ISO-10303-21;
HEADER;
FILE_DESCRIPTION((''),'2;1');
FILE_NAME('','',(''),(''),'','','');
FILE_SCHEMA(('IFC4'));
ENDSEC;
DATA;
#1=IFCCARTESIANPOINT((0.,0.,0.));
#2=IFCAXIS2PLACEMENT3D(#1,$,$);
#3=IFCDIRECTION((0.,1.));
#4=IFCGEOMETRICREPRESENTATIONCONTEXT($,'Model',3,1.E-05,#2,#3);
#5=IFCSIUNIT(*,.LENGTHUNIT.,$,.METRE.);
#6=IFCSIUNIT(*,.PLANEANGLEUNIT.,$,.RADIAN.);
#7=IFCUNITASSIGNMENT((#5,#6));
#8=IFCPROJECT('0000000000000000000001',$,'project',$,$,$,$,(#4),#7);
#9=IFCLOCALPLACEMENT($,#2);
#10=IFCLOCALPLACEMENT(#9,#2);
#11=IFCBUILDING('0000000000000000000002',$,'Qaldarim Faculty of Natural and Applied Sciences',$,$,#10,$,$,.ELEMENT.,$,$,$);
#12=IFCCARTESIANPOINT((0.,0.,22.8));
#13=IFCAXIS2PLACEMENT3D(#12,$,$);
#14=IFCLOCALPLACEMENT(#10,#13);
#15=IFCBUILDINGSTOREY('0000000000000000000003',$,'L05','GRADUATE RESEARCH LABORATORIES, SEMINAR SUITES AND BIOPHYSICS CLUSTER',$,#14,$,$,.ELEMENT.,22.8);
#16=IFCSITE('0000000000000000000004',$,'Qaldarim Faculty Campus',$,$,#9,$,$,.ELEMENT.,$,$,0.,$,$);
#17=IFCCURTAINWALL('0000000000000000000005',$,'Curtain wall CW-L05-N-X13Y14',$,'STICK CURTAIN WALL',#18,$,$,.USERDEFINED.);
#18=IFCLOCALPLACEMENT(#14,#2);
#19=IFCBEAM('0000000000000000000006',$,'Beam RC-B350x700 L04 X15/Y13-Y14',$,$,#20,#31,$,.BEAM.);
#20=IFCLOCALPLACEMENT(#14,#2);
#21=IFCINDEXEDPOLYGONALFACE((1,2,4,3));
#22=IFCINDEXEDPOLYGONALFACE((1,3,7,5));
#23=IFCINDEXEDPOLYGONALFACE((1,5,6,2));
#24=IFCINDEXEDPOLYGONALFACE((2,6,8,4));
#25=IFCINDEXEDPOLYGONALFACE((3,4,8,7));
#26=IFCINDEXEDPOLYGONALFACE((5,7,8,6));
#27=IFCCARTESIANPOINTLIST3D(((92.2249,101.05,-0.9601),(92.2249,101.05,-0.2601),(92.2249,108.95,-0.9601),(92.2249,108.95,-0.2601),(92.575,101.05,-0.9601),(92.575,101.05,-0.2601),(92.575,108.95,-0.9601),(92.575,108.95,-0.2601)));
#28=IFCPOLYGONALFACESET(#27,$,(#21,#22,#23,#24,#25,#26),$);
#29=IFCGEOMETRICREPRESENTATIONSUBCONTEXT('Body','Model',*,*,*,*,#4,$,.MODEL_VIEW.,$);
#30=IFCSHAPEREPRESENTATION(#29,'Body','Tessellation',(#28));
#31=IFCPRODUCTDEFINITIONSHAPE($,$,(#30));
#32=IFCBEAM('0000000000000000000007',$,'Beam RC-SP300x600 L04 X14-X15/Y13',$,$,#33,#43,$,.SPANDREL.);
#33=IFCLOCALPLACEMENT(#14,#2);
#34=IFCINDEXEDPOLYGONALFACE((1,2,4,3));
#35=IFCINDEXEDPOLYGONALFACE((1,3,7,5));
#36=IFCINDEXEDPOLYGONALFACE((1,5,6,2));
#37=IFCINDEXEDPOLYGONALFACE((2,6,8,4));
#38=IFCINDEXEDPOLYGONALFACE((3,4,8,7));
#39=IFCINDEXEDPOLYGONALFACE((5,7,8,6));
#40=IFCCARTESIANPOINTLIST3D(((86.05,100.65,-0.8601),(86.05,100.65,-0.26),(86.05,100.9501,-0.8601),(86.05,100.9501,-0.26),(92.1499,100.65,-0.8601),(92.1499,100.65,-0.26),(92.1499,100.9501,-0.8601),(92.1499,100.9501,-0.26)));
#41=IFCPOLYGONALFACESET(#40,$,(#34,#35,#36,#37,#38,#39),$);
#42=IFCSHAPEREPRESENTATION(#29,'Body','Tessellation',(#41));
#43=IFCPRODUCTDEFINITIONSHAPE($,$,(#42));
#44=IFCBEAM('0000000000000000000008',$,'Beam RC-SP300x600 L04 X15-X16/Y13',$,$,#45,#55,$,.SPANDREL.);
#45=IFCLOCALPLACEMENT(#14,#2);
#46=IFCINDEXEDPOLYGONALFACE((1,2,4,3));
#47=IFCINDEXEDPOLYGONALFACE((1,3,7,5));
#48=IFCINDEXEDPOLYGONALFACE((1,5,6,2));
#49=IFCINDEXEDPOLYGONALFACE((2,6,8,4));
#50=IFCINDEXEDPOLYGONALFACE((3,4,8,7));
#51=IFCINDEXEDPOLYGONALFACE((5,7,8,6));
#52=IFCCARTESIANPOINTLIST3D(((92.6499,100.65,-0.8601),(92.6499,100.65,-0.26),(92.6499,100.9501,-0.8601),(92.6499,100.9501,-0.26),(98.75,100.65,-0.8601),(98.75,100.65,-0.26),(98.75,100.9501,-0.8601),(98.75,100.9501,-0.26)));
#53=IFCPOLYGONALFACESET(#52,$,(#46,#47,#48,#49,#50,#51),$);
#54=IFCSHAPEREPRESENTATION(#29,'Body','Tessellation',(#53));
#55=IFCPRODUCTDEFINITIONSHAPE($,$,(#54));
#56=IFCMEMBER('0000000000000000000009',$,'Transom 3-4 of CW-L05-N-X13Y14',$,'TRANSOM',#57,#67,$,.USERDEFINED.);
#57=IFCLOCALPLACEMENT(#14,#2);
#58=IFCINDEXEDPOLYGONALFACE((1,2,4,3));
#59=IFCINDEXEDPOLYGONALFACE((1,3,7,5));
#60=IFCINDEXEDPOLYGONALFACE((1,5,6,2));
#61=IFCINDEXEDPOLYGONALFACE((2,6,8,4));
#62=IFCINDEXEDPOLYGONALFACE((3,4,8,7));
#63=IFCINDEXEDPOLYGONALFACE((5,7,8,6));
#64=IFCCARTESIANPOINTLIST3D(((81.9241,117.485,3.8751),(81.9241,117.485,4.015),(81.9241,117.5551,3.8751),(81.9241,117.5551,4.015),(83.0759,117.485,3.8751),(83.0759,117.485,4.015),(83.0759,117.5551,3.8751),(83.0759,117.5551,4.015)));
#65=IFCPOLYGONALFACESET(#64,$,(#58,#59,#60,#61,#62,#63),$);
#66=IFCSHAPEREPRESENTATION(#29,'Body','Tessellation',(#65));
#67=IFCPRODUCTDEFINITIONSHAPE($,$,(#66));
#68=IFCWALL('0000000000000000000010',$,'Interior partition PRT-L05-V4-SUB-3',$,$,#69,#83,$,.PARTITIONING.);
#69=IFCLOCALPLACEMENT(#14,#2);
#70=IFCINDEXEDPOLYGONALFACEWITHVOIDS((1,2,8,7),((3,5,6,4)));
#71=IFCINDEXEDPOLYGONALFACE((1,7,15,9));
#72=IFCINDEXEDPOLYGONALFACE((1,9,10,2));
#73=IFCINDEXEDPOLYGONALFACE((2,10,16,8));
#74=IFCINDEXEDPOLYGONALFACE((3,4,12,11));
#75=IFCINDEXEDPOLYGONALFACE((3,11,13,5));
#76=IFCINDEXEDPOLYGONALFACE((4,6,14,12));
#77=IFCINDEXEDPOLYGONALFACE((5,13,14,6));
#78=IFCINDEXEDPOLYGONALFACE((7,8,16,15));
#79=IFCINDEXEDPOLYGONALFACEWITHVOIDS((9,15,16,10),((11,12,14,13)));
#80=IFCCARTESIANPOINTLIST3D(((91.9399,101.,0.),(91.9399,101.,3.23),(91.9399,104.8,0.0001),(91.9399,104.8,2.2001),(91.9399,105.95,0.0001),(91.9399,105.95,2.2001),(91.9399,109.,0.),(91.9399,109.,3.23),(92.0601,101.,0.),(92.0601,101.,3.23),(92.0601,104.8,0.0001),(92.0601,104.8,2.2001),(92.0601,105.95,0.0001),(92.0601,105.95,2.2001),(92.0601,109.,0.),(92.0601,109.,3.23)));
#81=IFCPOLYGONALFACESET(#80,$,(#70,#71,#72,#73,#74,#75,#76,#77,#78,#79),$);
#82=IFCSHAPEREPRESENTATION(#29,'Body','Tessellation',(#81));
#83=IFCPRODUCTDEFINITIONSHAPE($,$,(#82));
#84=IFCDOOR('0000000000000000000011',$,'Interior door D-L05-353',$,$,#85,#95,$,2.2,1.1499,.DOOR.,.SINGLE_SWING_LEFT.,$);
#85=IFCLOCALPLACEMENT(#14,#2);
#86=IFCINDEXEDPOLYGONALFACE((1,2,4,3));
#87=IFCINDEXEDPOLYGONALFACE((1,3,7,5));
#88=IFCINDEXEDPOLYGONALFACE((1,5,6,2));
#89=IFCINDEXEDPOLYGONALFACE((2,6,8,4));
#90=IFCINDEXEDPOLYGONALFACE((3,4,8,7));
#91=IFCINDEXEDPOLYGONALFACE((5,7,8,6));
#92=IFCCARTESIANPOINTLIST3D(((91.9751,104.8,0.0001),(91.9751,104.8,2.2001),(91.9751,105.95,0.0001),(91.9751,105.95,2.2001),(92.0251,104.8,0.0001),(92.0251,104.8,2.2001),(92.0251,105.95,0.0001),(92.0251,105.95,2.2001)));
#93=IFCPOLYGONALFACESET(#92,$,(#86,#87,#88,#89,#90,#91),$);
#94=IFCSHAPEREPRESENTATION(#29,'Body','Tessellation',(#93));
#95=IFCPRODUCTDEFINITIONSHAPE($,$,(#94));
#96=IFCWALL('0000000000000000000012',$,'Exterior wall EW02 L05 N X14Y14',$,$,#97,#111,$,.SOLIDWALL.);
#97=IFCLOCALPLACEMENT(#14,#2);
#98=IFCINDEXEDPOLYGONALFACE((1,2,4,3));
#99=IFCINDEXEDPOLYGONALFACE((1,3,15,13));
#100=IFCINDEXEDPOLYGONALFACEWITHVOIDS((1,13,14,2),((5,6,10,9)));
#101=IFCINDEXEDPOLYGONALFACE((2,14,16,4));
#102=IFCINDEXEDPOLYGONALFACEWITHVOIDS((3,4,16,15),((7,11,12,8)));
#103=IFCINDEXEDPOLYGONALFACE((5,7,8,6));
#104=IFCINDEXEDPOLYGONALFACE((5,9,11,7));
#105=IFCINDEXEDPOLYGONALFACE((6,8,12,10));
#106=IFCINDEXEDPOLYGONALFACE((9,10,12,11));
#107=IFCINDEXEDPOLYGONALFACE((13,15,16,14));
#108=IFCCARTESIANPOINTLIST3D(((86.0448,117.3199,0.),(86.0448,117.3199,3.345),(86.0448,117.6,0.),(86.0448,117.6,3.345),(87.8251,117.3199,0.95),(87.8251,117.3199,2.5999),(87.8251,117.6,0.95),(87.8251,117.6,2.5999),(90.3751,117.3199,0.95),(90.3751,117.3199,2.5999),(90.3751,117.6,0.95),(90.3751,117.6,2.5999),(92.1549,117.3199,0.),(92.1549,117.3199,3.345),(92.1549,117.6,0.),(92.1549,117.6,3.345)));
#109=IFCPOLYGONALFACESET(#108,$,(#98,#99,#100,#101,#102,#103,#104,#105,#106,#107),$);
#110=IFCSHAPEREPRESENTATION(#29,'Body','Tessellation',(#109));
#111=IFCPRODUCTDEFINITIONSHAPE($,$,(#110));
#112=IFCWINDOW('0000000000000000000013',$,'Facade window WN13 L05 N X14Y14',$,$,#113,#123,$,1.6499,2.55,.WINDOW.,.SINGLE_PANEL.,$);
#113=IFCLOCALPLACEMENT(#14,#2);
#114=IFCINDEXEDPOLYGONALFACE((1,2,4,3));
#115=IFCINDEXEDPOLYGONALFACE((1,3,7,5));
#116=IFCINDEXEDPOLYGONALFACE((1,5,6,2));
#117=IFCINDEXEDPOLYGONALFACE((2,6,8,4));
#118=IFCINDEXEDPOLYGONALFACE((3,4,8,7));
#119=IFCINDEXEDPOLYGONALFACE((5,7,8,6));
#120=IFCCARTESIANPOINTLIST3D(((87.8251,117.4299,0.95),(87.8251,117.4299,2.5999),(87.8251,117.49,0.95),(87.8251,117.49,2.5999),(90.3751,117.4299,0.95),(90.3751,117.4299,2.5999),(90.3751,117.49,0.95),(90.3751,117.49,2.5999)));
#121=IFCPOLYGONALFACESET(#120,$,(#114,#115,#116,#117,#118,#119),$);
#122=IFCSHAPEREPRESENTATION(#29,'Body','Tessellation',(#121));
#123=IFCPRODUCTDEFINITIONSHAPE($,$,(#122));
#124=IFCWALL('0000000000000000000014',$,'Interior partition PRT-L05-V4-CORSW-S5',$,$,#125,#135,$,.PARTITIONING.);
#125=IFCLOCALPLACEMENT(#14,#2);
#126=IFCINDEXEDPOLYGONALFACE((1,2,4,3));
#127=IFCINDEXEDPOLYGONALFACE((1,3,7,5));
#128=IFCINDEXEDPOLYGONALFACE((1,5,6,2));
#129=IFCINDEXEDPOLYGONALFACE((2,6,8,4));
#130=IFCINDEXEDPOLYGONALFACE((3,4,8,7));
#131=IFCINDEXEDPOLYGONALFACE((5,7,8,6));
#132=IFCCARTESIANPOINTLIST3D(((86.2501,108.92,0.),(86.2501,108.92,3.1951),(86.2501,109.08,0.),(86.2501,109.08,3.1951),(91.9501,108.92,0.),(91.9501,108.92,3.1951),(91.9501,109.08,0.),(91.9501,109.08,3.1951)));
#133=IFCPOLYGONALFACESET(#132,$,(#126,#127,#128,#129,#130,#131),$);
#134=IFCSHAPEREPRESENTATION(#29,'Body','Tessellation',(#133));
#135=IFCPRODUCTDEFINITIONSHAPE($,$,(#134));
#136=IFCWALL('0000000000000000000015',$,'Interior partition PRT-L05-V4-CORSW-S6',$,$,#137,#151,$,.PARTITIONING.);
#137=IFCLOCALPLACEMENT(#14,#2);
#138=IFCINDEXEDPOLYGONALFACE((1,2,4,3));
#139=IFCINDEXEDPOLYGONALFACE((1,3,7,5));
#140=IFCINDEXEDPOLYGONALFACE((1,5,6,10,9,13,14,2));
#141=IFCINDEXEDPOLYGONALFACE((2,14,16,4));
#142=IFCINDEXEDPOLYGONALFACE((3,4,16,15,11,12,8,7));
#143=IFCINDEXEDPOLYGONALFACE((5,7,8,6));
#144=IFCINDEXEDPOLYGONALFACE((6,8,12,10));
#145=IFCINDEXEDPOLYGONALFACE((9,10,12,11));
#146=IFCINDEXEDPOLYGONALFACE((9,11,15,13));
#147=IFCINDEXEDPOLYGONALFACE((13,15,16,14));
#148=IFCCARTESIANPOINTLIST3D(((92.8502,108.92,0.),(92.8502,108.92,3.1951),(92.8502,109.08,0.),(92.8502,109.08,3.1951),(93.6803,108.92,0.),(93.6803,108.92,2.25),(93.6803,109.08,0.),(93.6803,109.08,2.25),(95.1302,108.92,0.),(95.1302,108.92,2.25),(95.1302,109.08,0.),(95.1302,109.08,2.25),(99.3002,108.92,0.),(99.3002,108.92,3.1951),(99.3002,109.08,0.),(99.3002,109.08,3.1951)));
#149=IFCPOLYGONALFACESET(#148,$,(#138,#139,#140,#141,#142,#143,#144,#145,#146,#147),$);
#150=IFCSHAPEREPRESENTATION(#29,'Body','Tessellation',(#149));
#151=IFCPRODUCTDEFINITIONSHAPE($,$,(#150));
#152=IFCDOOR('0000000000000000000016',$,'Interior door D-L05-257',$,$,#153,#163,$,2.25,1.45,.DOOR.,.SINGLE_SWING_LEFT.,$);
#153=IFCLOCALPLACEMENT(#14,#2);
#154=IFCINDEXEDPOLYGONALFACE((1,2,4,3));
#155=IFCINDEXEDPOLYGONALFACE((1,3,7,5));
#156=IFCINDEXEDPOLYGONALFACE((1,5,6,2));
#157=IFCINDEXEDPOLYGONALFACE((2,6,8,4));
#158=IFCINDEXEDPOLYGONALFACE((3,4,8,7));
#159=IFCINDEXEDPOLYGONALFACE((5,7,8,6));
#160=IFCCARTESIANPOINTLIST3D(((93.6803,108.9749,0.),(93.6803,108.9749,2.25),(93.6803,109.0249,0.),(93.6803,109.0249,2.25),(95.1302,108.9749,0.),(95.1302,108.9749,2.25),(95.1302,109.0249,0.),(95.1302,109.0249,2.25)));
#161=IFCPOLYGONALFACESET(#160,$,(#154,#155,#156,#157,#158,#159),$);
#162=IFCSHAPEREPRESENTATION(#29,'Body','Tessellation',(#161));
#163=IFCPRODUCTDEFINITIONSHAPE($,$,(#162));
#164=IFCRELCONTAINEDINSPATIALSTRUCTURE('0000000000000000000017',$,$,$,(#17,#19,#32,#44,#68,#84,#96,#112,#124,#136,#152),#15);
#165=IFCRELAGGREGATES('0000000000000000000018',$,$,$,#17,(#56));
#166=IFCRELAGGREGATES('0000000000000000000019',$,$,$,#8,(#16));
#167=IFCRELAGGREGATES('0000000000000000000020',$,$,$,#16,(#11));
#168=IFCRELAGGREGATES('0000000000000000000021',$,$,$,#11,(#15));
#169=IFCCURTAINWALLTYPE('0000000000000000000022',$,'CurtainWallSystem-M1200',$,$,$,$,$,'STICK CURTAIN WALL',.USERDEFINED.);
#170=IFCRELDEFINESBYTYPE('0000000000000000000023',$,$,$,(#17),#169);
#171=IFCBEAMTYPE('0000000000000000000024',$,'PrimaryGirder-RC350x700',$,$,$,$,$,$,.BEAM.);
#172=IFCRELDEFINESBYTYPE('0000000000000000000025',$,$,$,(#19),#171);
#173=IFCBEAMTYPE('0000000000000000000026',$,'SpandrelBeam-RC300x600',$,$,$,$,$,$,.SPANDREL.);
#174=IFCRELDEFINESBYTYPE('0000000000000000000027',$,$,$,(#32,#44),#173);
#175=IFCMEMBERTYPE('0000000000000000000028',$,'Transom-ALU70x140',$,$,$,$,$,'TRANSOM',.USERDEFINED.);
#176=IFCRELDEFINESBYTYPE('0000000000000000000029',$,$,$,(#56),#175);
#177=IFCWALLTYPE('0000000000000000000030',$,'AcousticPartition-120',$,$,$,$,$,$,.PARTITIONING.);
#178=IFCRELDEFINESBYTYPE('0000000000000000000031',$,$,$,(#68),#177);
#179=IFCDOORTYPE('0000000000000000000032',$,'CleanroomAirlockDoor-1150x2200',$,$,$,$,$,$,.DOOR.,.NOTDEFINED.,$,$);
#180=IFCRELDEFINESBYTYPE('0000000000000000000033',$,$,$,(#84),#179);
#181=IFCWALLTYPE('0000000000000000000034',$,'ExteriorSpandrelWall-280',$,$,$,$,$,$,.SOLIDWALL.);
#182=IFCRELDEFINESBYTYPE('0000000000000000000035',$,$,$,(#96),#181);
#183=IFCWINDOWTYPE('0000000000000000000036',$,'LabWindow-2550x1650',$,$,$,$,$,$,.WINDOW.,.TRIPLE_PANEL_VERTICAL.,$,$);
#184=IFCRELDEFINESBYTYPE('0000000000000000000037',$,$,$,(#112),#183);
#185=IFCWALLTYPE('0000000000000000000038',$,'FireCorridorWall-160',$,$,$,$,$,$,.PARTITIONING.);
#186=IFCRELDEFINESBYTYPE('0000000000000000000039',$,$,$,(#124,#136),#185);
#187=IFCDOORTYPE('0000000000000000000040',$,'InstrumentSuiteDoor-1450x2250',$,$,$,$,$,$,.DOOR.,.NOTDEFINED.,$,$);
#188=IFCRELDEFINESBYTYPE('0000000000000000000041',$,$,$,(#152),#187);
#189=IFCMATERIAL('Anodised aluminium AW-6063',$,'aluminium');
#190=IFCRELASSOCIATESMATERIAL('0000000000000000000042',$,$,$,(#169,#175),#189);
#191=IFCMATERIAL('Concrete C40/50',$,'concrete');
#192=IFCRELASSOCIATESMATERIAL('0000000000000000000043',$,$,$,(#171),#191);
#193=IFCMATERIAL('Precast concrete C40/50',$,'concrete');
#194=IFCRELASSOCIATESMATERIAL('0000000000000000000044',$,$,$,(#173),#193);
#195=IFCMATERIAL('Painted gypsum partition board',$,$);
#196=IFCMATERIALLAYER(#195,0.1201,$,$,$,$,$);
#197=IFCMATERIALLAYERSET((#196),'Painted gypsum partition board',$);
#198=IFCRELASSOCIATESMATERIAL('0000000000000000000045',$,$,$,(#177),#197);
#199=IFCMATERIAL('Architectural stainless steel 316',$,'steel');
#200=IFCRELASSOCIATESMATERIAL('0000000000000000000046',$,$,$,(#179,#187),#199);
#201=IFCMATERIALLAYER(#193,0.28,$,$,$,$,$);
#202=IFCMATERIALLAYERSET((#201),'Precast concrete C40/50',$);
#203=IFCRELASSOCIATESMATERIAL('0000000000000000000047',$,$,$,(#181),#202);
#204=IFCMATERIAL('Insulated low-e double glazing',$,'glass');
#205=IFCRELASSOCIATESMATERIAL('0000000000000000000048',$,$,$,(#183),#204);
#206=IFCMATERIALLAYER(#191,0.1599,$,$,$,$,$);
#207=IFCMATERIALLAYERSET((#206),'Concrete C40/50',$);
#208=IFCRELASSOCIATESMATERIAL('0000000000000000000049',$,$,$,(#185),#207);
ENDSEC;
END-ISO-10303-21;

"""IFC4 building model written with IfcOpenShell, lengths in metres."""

from ifc_helpers import new_model, si_unit, direction, frame, frame_2d, origin, origin_2d, place, context, subcontext, project, spatial, rectangle, extrude, material, layer, layer_set, material_profile, profile_set, type_object, element, fill, aggregate, save


model = new_model("IFC4")

# Units and contexts
model_context = context("Model", 3, precision=1e-05, world=origin(), true_north=direction((0.0, 1.0)))
body_context = subcontext(model_context, "Body", "Model", "MODEL_VIEW")
ifc_project = project(units=[si_unit("LENGTHUNIT", "METRE"), si_unit("PLANEANGLEUNIT", "RADIAN")], contexts=[model_context])

# Site, building, storey
site_placement = place(None, origin())
site = spatial("IfcSite", under=ifc_project, at=site_placement, Name="Qaldarim Faculty Campus", CompositionType="ELEMENT", RefElevation=0.0)
building_placement = place(site_placement, origin())
building = spatial("IfcBuilding", under=site, at=building_placement, Name="Qaldarim Faculty of Natural and Applied Sciences", CompositionType="ELEMENT")
storey_placement = place(building_placement, frame((0.0, 0.0, 22.8)))
storey = spatial("IfcBuildingStorey", under=building, at=storey_placement, Name="L05", Description="GRADUATE RESEARCH LABORATORIES, SEMINAR SUITES AND BIOPHYSICS CLUSTER", CompositionType="ELEMENT", Elevation=22.8)

# Shared definitions
ifc_material_1 = material(Name="Concrete C40/50", Category="concrete")

# Curtain wall
ifc_material_2 = material(Name="Anodised aluminium AW-6063", Category="aluminium")
curtain_wall_type = type_object("IfcCurtainWallType", Name="CurtainWallSystem-M1200", ElementType="STICK CURTAIN WALL", PredefinedType="USERDEFINED", material=ifc_material_2)
curtain_wall_placement = place(storey_placement, origin())
curtain_wall = element("IfcCurtainWall", 1, at=curtain_wall_placement, inside=storey, type_object=curtain_wall_type, Name="Curtain wall CW-L05-N-X13Y14", ObjectType="STICK CURTAIN WALL", PredefinedType="USERDEFINED")

# Beams
ifc_material_profile_1 = material_profile(ifc_material_1, rectangle(XDim=0.3501, YDim=0.7, at=origin_2d()), Name="RC-B350x700")
ifc_profile_set_1 = profile_set([ifc_material_profile_1], Name="Concrete C40/50")
beam_type_1 = type_object("IfcBeamType", Name="PrimaryGirder-RC350x700", PredefinedType="BEAM", material=ifc_profile_set_1)
for number, where, z_axis, x_axis, name in (
    (2, (92.3999, 101.05, -0.6101), (0.0, 1.0, 0.0), (-1.0, 0.0, 0.0), "Beam RC-B350x700 L04 X15/Y13-Y14"),
):
    element("IfcBeam", number, at=place(storey_placement, frame(where, z_axis=z_axis, x_axis=x_axis)), inside=storey, type_object=beam_type_1, Name=name, PredefinedType="BEAM", context=body_context, shape_type="SweptSolid", body=[
        extrude(rectangle(XDim=0.3501, YDim=0.7, at=origin_2d()), origin(), (0.0, 0.0, 1.0), 7.8999),
    ])
ifc_material_3 = material(Name="Precast concrete C40/50", Category="concrete")
ifc_material_profile_2 = material_profile(ifc_material_3, rectangle(XDim=0.3, YDim=0.6001, at=origin_2d()), Name="RC-SP300x600")
ifc_profile_set_2 = profile_set([ifc_material_profile_2], Name="Precast concrete C40/50")
beam_type_2 = type_object("IfcBeamType", Name="SpandrelBeam-RC300x600", PredefinedType="SPANDREL", material=ifc_profile_set_2)
beam_1_placement = place(storey_placement, frame((86.05, 100.8, -0.5601), z_axis=(1.0, 0.0, 0.0), x_axis=(0.0, 1.0, 0.0)))
element("IfcBeam", 3, at=beam_1_placement, inside=storey, type_object=beam_type_2, Name="Beam RC-SP300x600 L04 X14-X15/Y13", PredefinedType="SPANDREL", context=body_context, shape_type="SweptSolid", body=[
    extrude(rectangle(XDim=0.3, YDim=0.6001, at=origin_2d()), origin(), (0.0, 0.0, 1.0), 6.0999),
])
beam_2_placement = place(storey_placement, frame((92.6499, 100.8, -0.5601), z_axis=(1.0, 0.0, 0.0), x_axis=(0.0, 1.0, 0.0)))
element("IfcBeam", 4, at=beam_2_placement, inside=storey, type_object=beam_type_2, Name="Beam RC-SP300x600 L04 X15-X16/Y13", PredefinedType="SPANDREL", context=body_context, shape_type="SweptSolid", body=[
    extrude(rectangle(XDim=0.3, YDim=0.6001, at=origin_2d()), origin(), (0.0, 0.0, 1.0), 6.1001),
])

# Member
ifc_material_profile_3 = material_profile(ifc_material_2, rectangle(XDim=0.0701, YDim=0.1399, at=origin_2d()), Name="ALU-T70x140")
ifc_profile_set_3 = profile_set([ifc_material_profile_3], Name="Anodised aluminium AW-6063")
member_type_1 = type_object("IfcMemberType", Name="Transom-ALU70x140", ElementType="TRANSOM", PredefinedType="USERDEFINED", material=ifc_profile_set_3)
member_1_placement = place(storey_placement, frame((83.0759, 117.52, 3.9451), z_axis=(-1.0, 0.0, 0.0), x_axis=(0.0, -1.0, 0.0)))
member_1 = element("IfcMember", 5, at=member_1_placement, type_object=member_type_1, Name="Transom 3-4 of CW-L05-N-X13Y14", ObjectType="TRANSOM", PredefinedType="USERDEFINED", context=body_context, shape_type="SweptSolid", body=[
    extrude(rectangle(XDim=0.0701, YDim=0.1399, at=origin_2d()), origin(), (0.0, 0.0, 1.0), 1.1519),
])
aggregate(curtain_wall, [member_1])

# Wall, opening, door
ifc_material_4 = material(Name="Painted gypsum partition board")
ifc_layer_1 = layer(ifc_material_4, 0.1201)
ifc_layer_set_1 = layer_set([ifc_layer_1], Name="Painted gypsum partition board")
wall_type_1 = type_object("IfcWallType", Name="AcousticPartition-120", PredefinedType="PARTITIONING", material=ifc_layer_set_1)
wall_1_placement = place(storey_placement, frame((92.0, 101.0, 0.0), z_axis=(0.0, 0.0, 1.0), x_axis=(0.0, 1.0, 0.0)))
wall_1 = element("IfcWall", 6, at=wall_1_placement, inside=storey, type_object=wall_type_1, Name="Interior partition PRT-L05-V4-SUB-3", PredefinedType="PARTITIONING", context=body_context, shape_type="SweptSolid", body=[
    extrude(rectangle(XDim=8.0, YDim=0.1201, at=frame_2d((4.0, 0.0))), origin(), (0.0, 0.0, 1.0), 3.23),
])
opening_1_placement = place(wall_1_placement, frame((3.8, 0.0, 0.0)))
opening_1 = element("IfcOpeningElement", 7, at=opening_1_placement, cuts=wall_1, PredefinedType="OPENING", context=body_context, shape_type="SweptSolid", body=[
    extrude(rectangle(XDim=1.1499, YDim=2.2, at=frame_2d((0.575, 1.1001))), frame((0.0, 0.0701, 0.0), z_axis=(0.0, -1.0, 0.0), x_axis=(1.0, 0.0, 0.0)), (0.0, 0.0, 1.0), 0.1401),
])
ifc_material_5 = material(Name="Architectural stainless steel 316", Category="steel")
door_type_1 = type_object("IfcDoorType", Name="CleanroomAirlockDoor-1150x2200", OperationType="NOTDEFINED", PredefinedType="DOOR", material=ifc_material_5)
door_1_placement = place(opening_1_placement, origin())
door_1 = element("IfcDoor", 8, at=door_1_placement, inside=storey, type_object=door_type_1, Name="Interior door D-L05-353", OperationType="SINGLE_SWING_LEFT", OverallHeight=2.2, OverallWidth=1.1499, PredefinedType="DOOR", context=body_context, shape_type="SweptSolid", body=[
    extrude(rectangle(XDim=1.1499, YDim=2.2, at=frame_2d((0.575, 1.1001))), frame((0.0, 0.0249, 0.0), z_axis=(0.0, -1.0, 0.0), x_axis=(1.0, 0.0, 0.0)), (0.0, 0.0, 1.0), 0.05),
])
fill(opening_1, door_1)

# Wall, opening, window
ifc_layer_2 = layer(ifc_material_3, 0.28)
ifc_layer_set_2 = layer_set([ifc_layer_2], Name="Precast concrete C40/50")
wall_type_2 = type_object("IfcWallType", Name="ExteriorSpandrelWall-280", PredefinedType="SOLIDWALL", material=ifc_layer_set_2)
wall_2_placement = place(storey_placement, frame((92.155, 117.46, 0.0), z_axis=(0.0, 0.0, 1.0), x_axis=(-1.0, 0.0, 0.0)))
wall_2 = element("IfcWall", 9, at=wall_2_placement, inside=storey, type_object=wall_type_2, Name="Exterior wall EW02 L05 N X14Y14", PredefinedType="SOLIDWALL", context=body_context, shape_type="SweptSolid", body=[
    extrude(rectangle(XDim=6.1101, YDim=0.28, at=frame_2d((3.0552, 0.0))), origin(), (0.0, 0.0, 1.0), 3.345),
])
opening_2_placement = place(wall_2_placement, frame((1.78, 0.0, 0.95)))
opening_2 = element("IfcOpeningElement", 10, at=opening_2_placement, cuts=wall_2, PredefinedType="OPENING", context=body_context, shape_type="SweptSolid", body=[
    extrude(rectangle(XDim=2.55, YDim=1.6499, at=frame_2d((1.2749, 0.825))), frame((0.0, 0.1499, 0.0), z_axis=(0.0, -1.0, 0.0), x_axis=(1.0, 0.0, 0.0)), (0.0, 0.0, 1.0), 0.3),
])
ifc_material_6 = material(Name="Insulated low-e double glazing", Category="glass")
window_type = type_object("IfcWindowType", Name="LabWindow-2550x1650", PartitioningType="TRIPLE_PANEL_VERTICAL", PredefinedType="WINDOW", material=ifc_material_6)
window_placement = place(opening_2_placement, origin())
window = element("IfcWindow", 11, at=window_placement, inside=storey, type_object=window_type, Name="Facade window WN13 L05 N X14Y14", OverallHeight=1.6499, OverallWidth=2.55, PartitioningType="SINGLE_PANEL", PredefinedType="WINDOW", context=body_context, shape_type="SweptSolid", body=[
    extrude(rectangle(XDim=2.55, YDim=1.6499, at=frame_2d((1.2749, 0.825))), frame((0.0, 0.03, 0.0), z_axis=(0.0, -1.0, 0.0), x_axis=(1.0, 0.0, 0.0)), (0.0, 0.0, 1.0), 0.0601),
])
fill(opening_2, window)

# Wall
ifc_layer_3 = layer(ifc_material_1, 0.1599)
ifc_layer_set_3 = layer_set([ifc_layer_3], Name="Concrete C40/50")
wall_type_3 = type_object("IfcWallType", Name="FireCorridorWall-160", PredefinedType="PARTITIONING", material=ifc_layer_set_3)
wall_3_placement = place(storey_placement, frame((86.25, 109.0, 0.0), z_axis=(0.0, 0.0, 1.0), x_axis=(1.0, 0.0, 0.0)))
element("IfcWall", 12, at=wall_3_placement, inside=storey, type_object=wall_type_3, Name="Interior partition PRT-L05-V4-CORSW-S5", PredefinedType="PARTITIONING", context=body_context, shape_type="SweptSolid", body=[
    extrude(rectangle(XDim=5.7, YDim=0.1599, at=frame_2d((2.8501, 0.0))), origin(), (0.0, 0.0, 1.0), 3.1951),
])

# Wall, opening, door
wall_4_placement = place(storey_placement, frame((92.8501, 109.0, 0.0), z_axis=(0.0, 0.0, 1.0), x_axis=(1.0, 0.0, 0.0)))
wall_4 = element("IfcWall", 13, at=wall_4_placement, inside=storey, type_object=wall_type_3, Name="Interior partition PRT-L05-V4-CORSW-S6", PredefinedType="PARTITIONING", context=body_context, shape_type="SweptSolid", body=[
    extrude(rectangle(XDim=6.45, YDim=0.1599, at=frame_2d((3.2251, 0.0))), origin(), (0.0, 0.0, 1.0), 3.1951),
])
opening_3_placement = place(wall_4_placement, frame((0.8301, 0.0, 0.0)))
opening_3 = element("IfcOpeningElement", 14, at=opening_3_placement, cuts=wall_4, PredefinedType="OPENING", context=body_context, shape_type="SweptSolid", body=[
    extrude(rectangle(XDim=1.45, YDim=2.25, at=frame_2d((0.7251, 1.125))), frame((0.0, 0.0898, 0.0), z_axis=(0.0, -1.0, 0.0), x_axis=(1.0, 0.0, 0.0)), (0.0, 0.0, 1.0), 0.1799),
])
door_type_2 = type_object("IfcDoorType", Name="InstrumentSuiteDoor-1450x2250", OperationType="NOTDEFINED", PredefinedType="DOOR", material=ifc_material_5)
door_2_placement = place(opening_3_placement, origin())
door_2 = element("IfcDoor", 15, at=door_2_placement, inside=storey, type_object=door_type_2, Name="Interior door D-L05-257", OperationType="SINGLE_SWING_LEFT", OverallHeight=2.25, OverallWidth=1.45, PredefinedType="DOOR", context=body_context, shape_type="SweptSolid", body=[
    extrude(rectangle(XDim=1.45, YDim=2.25, at=frame_2d((0.7251, 1.125))), frame((0.0, 0.0249, 0.0), z_axis=(0.0, -1.0, 0.0), x_axis=(1.0, 0.0, 0.0)), (0.0, 0.0, 1.0), 0.05),
])
fill(opening_3, door_2)

save(model, "model.ifc")
